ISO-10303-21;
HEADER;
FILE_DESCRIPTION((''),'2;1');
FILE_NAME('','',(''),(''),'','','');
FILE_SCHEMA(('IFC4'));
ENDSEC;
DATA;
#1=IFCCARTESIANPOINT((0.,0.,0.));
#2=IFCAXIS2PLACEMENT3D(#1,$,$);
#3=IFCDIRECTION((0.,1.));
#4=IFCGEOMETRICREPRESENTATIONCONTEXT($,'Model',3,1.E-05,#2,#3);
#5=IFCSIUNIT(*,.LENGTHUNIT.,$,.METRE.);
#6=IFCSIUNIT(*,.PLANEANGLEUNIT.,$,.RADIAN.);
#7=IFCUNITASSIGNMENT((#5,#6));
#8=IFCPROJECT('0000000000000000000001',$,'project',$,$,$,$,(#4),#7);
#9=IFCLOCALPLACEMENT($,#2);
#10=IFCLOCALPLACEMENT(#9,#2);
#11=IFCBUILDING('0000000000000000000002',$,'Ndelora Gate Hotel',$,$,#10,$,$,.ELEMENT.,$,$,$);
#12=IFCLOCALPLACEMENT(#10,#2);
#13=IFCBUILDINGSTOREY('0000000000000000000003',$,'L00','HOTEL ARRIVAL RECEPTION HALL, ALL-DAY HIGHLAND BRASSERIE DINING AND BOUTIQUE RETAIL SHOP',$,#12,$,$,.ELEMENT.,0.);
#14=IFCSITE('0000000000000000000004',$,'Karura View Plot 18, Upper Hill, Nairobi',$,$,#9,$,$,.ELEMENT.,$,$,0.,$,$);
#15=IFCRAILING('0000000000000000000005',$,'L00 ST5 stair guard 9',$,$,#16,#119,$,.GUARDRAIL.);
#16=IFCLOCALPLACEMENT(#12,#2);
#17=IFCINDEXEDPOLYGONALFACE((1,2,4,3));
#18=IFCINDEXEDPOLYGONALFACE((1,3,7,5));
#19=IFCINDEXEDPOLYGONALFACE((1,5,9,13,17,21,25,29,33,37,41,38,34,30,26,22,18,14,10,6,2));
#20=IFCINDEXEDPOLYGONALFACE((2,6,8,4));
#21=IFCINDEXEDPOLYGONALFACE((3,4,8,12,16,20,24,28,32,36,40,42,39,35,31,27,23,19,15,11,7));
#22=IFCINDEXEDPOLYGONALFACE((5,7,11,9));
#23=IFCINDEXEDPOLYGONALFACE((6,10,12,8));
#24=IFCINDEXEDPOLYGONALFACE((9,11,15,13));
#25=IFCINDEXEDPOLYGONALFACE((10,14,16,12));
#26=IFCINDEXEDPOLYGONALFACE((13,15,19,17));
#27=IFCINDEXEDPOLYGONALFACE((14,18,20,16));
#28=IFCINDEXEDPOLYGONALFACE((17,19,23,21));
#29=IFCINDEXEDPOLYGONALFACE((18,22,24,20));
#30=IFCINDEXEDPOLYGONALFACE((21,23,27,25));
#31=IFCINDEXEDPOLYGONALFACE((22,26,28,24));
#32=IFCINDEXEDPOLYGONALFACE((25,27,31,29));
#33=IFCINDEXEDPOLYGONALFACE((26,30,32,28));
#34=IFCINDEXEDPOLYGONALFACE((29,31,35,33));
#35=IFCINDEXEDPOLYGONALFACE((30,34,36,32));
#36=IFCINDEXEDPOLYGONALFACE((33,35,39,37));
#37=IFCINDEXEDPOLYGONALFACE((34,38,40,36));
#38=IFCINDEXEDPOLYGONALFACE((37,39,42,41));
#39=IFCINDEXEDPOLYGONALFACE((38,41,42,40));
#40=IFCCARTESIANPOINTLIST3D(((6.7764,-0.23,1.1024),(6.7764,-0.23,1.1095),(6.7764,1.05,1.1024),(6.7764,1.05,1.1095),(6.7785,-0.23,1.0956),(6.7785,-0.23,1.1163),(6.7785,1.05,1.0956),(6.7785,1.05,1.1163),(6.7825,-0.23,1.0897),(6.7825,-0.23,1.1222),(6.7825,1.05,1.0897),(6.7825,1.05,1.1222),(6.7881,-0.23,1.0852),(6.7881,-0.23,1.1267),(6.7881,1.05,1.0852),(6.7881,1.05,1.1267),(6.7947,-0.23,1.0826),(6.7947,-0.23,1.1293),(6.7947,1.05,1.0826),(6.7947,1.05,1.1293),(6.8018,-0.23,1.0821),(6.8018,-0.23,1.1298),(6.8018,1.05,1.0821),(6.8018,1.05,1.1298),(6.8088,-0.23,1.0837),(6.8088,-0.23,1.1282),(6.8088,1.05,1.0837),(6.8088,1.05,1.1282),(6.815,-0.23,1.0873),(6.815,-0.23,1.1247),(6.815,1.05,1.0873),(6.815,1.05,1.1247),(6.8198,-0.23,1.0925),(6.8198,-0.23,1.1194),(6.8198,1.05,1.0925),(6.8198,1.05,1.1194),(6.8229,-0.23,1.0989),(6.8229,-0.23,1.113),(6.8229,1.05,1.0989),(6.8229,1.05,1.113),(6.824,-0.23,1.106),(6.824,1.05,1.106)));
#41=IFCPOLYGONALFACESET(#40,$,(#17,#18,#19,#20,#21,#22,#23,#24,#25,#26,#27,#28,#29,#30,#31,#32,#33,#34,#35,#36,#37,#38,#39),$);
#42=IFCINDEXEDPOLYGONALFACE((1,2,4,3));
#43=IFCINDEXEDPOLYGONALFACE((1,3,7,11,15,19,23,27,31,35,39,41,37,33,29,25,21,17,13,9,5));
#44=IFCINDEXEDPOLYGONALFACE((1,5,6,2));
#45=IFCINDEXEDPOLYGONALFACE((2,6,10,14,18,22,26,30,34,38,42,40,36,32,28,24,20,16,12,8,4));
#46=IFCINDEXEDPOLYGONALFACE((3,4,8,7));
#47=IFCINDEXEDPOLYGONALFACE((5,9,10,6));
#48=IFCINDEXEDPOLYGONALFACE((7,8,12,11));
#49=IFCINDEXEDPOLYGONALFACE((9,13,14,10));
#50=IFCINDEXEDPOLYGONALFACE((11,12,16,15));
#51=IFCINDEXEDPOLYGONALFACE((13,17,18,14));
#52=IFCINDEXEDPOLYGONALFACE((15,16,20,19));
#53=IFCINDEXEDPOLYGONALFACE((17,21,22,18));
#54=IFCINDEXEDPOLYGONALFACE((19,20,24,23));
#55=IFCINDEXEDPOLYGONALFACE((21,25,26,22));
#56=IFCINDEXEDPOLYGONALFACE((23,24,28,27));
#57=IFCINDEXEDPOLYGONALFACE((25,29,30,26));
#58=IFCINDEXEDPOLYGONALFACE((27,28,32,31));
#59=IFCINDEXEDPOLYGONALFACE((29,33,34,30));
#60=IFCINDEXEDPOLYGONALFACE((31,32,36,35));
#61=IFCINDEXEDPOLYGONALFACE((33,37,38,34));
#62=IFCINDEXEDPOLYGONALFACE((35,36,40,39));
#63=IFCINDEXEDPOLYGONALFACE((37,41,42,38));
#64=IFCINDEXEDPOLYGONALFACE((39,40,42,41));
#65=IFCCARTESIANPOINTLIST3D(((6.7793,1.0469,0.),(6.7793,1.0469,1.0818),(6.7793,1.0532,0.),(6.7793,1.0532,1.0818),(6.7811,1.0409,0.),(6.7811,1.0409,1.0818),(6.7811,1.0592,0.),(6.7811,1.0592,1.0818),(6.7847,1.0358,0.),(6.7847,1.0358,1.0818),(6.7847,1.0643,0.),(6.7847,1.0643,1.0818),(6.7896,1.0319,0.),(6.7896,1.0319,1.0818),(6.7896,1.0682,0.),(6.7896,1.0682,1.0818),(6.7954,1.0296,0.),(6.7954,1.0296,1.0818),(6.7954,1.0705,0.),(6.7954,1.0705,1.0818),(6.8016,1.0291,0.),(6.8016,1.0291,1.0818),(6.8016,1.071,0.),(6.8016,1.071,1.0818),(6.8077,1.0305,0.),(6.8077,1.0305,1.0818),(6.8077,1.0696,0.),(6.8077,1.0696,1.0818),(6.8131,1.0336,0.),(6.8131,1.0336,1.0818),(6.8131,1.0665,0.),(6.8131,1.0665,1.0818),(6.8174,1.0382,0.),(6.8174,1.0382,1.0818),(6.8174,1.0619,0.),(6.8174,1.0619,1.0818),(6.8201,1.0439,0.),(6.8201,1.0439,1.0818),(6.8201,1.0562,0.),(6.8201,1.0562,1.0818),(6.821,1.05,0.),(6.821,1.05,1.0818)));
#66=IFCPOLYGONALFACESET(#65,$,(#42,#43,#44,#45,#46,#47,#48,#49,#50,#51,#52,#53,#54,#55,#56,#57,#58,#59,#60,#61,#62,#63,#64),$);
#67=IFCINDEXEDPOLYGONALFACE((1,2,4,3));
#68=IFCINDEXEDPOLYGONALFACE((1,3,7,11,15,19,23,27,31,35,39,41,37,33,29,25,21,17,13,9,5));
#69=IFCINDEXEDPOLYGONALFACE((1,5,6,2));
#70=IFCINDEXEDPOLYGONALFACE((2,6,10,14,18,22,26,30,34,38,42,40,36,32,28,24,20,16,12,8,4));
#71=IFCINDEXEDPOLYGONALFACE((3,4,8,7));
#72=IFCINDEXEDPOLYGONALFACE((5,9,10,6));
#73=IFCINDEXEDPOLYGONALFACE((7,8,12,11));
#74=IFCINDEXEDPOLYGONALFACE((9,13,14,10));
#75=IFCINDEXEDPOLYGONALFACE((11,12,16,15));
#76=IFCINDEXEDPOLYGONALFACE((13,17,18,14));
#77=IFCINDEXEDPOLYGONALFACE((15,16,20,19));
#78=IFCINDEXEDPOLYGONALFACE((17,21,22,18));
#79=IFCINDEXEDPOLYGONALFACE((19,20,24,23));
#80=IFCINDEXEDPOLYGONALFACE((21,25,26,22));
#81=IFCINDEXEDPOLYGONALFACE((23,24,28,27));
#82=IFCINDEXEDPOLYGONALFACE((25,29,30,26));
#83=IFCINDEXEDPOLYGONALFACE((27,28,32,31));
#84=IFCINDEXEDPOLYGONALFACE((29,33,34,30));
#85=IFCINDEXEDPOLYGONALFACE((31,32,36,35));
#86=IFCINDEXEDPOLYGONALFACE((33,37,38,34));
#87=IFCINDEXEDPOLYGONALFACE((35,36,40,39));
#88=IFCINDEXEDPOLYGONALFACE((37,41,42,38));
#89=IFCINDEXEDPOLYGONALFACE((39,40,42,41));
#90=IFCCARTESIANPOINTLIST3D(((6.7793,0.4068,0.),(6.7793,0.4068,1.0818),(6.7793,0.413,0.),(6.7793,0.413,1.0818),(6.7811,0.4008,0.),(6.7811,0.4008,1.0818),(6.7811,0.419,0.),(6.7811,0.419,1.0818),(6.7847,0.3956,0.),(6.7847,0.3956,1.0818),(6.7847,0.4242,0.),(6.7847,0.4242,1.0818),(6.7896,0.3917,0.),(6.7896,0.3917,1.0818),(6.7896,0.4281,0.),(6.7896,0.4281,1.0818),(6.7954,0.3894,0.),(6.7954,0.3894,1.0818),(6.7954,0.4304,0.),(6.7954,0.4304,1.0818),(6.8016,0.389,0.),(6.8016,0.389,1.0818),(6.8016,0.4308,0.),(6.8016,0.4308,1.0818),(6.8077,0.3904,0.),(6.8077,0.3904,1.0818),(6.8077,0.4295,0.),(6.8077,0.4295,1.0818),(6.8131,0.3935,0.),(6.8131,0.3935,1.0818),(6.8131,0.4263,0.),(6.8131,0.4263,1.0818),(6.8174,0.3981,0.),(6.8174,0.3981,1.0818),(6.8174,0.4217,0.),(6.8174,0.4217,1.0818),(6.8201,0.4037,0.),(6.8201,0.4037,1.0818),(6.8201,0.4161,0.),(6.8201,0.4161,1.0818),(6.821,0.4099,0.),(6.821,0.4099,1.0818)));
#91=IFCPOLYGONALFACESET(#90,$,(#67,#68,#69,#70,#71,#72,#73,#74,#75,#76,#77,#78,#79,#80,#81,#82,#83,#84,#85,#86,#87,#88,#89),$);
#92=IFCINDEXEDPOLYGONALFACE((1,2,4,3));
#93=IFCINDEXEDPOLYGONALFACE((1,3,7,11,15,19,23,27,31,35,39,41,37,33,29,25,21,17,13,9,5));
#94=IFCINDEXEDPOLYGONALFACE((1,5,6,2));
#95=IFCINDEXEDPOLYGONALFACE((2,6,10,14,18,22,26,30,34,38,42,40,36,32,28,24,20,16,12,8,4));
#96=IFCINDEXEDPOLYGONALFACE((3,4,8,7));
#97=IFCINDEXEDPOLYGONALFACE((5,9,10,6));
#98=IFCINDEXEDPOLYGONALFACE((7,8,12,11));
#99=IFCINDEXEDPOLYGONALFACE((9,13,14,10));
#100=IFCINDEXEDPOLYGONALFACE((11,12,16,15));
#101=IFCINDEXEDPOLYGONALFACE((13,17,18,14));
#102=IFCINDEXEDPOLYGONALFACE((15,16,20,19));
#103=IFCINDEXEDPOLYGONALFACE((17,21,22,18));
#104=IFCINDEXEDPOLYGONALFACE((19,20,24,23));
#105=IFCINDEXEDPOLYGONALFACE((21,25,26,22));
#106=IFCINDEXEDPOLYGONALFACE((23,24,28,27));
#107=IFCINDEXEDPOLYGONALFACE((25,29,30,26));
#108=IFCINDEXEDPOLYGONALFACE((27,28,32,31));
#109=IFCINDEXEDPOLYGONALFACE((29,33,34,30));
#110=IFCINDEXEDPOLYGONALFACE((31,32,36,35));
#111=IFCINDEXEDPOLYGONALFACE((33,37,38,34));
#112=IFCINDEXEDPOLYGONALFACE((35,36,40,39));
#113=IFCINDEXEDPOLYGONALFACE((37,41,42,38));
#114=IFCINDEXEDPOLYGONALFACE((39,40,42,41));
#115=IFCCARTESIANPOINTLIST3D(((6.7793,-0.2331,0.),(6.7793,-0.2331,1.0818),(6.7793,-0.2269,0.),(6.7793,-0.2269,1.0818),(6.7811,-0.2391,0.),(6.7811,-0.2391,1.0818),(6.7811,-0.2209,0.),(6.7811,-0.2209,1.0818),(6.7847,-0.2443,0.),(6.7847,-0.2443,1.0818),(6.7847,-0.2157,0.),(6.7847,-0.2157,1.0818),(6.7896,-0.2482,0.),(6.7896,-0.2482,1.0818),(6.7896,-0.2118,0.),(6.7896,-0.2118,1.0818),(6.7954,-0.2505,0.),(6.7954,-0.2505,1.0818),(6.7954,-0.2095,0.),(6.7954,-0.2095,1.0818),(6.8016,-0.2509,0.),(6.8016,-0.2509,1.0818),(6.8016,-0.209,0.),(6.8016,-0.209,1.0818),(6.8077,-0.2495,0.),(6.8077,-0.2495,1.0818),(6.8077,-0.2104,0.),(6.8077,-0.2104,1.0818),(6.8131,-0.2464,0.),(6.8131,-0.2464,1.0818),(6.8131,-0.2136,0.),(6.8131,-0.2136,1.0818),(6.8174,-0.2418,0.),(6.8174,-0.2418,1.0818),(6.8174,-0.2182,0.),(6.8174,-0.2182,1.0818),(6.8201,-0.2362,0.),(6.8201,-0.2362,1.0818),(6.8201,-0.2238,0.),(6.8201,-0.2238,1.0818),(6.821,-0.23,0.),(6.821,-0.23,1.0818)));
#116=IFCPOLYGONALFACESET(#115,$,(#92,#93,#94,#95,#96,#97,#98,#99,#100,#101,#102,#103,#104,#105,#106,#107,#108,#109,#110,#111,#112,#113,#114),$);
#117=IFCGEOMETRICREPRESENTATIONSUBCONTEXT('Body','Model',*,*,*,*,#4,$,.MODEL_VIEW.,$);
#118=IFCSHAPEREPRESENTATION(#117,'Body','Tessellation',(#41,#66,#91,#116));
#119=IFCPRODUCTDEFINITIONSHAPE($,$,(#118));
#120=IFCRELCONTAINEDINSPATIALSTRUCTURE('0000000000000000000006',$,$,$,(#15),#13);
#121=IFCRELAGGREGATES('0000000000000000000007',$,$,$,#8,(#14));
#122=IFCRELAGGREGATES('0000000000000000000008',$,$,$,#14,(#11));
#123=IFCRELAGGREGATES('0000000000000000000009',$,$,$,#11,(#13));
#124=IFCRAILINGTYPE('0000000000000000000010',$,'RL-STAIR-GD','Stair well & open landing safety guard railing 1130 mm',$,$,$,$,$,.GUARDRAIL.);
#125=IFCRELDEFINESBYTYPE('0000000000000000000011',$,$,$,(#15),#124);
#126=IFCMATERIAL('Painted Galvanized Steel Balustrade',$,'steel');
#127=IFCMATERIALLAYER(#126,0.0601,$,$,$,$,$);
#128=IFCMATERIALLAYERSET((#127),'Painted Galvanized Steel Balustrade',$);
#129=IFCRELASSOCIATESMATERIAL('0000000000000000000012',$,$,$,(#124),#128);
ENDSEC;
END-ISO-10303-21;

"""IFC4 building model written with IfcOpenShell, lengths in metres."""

from ifc_helpers import new_model, si_unit, direction, frame, origin, origin_2d, place, context, subcontext, project, spatial, circle, extrude, material, layer, layer_set, type_object, element, save


model = new_model("IFC4")

# Units and contexts
model_context = context("Model", 3, precision=1e-05, world=origin(), true_north=direction((0.0, 1.0)))
body_context = subcontext(model_context, "Body", "Model", "MODEL_VIEW")
ifc_project = project(units=[si_unit("LENGTHUNIT", "METRE"), si_unit("PLANEANGLEUNIT", "RADIAN")], contexts=[model_context])

# Site, building, storey
site_placement = place(None, origin())
site = spatial("IfcSite", under=ifc_project, at=site_placement, Name="Karura View Plot 18, Upper Hill, Nairobi", CompositionType="ELEMENT", RefElevation=0.0)
building_placement = place(site_placement, origin())
building = spatial("IfcBuilding", under=site, at=building_placement, Name="Ndelora Gate Hotel", CompositionType="ELEMENT")
storey_placement = place(building_placement, origin())
storey = spatial("IfcBuildingStorey", under=building, at=storey_placement, Name="L00", Description="HOTEL ARRIVAL RECEPTION HALL, ALL-DAY HIGHLAND BRASSERIE DINING AND BOUTIQUE RETAIL SHOP", CompositionType="ELEMENT", Elevation=0.0)

# Railing
ifc_material_1 = material(Name="Painted Galvanized Steel Balustrade", Category="steel")
ifc_layer_1 = layer(ifc_material_1, 0.0601)
ifc_layer_set_1 = layer_set([ifc_layer_1], Name="Painted Galvanized Steel Balustrade")
railing_type = type_object("IfcRailingType", Name="RL-STAIR-GD", Description="Stair well & open landing safety guard railing 1130 mm", PredefinedType="GUARDRAIL", material=ifc_layer_set_1)
for number, where, name in (
    (1, (6.8, 1.05, 0.0), "L00 ST5 stair guard 9"),
):
    element("IfcRailing", number, at=place(storey_placement, frame(where)), inside=storey, type_object=railing_type, Name=name, PredefinedType="GUARDRAIL", context=body_context, shape_type="SweptSolid", body=[
        extrude(circle(Radius=0.0239, at=origin_2d()), frame((0.0, 0.0, 1.106), z_axis=(0.0, -1.0, 0.0), x_axis=(1.0, 0.0, 0.0)), (0.0, 0.0, 1.0), 1.28),
        extrude(circle(Radius=0.021, at=origin_2d()), origin(), (0.0, 0.0, 1.0), 1.0818),
        extrude(circle(Radius=0.021, at=origin_2d()), frame((0.0, -0.6401, 0.0)), (0.0, 0.0, 1.0), 1.0818),
        extrude(circle(Radius=0.021, at=origin_2d()), frame((0.0, -1.28, 0.0)), (0.0, 0.0, 1.0), 1.0818),
    ])

save(model, "model.ifc")
